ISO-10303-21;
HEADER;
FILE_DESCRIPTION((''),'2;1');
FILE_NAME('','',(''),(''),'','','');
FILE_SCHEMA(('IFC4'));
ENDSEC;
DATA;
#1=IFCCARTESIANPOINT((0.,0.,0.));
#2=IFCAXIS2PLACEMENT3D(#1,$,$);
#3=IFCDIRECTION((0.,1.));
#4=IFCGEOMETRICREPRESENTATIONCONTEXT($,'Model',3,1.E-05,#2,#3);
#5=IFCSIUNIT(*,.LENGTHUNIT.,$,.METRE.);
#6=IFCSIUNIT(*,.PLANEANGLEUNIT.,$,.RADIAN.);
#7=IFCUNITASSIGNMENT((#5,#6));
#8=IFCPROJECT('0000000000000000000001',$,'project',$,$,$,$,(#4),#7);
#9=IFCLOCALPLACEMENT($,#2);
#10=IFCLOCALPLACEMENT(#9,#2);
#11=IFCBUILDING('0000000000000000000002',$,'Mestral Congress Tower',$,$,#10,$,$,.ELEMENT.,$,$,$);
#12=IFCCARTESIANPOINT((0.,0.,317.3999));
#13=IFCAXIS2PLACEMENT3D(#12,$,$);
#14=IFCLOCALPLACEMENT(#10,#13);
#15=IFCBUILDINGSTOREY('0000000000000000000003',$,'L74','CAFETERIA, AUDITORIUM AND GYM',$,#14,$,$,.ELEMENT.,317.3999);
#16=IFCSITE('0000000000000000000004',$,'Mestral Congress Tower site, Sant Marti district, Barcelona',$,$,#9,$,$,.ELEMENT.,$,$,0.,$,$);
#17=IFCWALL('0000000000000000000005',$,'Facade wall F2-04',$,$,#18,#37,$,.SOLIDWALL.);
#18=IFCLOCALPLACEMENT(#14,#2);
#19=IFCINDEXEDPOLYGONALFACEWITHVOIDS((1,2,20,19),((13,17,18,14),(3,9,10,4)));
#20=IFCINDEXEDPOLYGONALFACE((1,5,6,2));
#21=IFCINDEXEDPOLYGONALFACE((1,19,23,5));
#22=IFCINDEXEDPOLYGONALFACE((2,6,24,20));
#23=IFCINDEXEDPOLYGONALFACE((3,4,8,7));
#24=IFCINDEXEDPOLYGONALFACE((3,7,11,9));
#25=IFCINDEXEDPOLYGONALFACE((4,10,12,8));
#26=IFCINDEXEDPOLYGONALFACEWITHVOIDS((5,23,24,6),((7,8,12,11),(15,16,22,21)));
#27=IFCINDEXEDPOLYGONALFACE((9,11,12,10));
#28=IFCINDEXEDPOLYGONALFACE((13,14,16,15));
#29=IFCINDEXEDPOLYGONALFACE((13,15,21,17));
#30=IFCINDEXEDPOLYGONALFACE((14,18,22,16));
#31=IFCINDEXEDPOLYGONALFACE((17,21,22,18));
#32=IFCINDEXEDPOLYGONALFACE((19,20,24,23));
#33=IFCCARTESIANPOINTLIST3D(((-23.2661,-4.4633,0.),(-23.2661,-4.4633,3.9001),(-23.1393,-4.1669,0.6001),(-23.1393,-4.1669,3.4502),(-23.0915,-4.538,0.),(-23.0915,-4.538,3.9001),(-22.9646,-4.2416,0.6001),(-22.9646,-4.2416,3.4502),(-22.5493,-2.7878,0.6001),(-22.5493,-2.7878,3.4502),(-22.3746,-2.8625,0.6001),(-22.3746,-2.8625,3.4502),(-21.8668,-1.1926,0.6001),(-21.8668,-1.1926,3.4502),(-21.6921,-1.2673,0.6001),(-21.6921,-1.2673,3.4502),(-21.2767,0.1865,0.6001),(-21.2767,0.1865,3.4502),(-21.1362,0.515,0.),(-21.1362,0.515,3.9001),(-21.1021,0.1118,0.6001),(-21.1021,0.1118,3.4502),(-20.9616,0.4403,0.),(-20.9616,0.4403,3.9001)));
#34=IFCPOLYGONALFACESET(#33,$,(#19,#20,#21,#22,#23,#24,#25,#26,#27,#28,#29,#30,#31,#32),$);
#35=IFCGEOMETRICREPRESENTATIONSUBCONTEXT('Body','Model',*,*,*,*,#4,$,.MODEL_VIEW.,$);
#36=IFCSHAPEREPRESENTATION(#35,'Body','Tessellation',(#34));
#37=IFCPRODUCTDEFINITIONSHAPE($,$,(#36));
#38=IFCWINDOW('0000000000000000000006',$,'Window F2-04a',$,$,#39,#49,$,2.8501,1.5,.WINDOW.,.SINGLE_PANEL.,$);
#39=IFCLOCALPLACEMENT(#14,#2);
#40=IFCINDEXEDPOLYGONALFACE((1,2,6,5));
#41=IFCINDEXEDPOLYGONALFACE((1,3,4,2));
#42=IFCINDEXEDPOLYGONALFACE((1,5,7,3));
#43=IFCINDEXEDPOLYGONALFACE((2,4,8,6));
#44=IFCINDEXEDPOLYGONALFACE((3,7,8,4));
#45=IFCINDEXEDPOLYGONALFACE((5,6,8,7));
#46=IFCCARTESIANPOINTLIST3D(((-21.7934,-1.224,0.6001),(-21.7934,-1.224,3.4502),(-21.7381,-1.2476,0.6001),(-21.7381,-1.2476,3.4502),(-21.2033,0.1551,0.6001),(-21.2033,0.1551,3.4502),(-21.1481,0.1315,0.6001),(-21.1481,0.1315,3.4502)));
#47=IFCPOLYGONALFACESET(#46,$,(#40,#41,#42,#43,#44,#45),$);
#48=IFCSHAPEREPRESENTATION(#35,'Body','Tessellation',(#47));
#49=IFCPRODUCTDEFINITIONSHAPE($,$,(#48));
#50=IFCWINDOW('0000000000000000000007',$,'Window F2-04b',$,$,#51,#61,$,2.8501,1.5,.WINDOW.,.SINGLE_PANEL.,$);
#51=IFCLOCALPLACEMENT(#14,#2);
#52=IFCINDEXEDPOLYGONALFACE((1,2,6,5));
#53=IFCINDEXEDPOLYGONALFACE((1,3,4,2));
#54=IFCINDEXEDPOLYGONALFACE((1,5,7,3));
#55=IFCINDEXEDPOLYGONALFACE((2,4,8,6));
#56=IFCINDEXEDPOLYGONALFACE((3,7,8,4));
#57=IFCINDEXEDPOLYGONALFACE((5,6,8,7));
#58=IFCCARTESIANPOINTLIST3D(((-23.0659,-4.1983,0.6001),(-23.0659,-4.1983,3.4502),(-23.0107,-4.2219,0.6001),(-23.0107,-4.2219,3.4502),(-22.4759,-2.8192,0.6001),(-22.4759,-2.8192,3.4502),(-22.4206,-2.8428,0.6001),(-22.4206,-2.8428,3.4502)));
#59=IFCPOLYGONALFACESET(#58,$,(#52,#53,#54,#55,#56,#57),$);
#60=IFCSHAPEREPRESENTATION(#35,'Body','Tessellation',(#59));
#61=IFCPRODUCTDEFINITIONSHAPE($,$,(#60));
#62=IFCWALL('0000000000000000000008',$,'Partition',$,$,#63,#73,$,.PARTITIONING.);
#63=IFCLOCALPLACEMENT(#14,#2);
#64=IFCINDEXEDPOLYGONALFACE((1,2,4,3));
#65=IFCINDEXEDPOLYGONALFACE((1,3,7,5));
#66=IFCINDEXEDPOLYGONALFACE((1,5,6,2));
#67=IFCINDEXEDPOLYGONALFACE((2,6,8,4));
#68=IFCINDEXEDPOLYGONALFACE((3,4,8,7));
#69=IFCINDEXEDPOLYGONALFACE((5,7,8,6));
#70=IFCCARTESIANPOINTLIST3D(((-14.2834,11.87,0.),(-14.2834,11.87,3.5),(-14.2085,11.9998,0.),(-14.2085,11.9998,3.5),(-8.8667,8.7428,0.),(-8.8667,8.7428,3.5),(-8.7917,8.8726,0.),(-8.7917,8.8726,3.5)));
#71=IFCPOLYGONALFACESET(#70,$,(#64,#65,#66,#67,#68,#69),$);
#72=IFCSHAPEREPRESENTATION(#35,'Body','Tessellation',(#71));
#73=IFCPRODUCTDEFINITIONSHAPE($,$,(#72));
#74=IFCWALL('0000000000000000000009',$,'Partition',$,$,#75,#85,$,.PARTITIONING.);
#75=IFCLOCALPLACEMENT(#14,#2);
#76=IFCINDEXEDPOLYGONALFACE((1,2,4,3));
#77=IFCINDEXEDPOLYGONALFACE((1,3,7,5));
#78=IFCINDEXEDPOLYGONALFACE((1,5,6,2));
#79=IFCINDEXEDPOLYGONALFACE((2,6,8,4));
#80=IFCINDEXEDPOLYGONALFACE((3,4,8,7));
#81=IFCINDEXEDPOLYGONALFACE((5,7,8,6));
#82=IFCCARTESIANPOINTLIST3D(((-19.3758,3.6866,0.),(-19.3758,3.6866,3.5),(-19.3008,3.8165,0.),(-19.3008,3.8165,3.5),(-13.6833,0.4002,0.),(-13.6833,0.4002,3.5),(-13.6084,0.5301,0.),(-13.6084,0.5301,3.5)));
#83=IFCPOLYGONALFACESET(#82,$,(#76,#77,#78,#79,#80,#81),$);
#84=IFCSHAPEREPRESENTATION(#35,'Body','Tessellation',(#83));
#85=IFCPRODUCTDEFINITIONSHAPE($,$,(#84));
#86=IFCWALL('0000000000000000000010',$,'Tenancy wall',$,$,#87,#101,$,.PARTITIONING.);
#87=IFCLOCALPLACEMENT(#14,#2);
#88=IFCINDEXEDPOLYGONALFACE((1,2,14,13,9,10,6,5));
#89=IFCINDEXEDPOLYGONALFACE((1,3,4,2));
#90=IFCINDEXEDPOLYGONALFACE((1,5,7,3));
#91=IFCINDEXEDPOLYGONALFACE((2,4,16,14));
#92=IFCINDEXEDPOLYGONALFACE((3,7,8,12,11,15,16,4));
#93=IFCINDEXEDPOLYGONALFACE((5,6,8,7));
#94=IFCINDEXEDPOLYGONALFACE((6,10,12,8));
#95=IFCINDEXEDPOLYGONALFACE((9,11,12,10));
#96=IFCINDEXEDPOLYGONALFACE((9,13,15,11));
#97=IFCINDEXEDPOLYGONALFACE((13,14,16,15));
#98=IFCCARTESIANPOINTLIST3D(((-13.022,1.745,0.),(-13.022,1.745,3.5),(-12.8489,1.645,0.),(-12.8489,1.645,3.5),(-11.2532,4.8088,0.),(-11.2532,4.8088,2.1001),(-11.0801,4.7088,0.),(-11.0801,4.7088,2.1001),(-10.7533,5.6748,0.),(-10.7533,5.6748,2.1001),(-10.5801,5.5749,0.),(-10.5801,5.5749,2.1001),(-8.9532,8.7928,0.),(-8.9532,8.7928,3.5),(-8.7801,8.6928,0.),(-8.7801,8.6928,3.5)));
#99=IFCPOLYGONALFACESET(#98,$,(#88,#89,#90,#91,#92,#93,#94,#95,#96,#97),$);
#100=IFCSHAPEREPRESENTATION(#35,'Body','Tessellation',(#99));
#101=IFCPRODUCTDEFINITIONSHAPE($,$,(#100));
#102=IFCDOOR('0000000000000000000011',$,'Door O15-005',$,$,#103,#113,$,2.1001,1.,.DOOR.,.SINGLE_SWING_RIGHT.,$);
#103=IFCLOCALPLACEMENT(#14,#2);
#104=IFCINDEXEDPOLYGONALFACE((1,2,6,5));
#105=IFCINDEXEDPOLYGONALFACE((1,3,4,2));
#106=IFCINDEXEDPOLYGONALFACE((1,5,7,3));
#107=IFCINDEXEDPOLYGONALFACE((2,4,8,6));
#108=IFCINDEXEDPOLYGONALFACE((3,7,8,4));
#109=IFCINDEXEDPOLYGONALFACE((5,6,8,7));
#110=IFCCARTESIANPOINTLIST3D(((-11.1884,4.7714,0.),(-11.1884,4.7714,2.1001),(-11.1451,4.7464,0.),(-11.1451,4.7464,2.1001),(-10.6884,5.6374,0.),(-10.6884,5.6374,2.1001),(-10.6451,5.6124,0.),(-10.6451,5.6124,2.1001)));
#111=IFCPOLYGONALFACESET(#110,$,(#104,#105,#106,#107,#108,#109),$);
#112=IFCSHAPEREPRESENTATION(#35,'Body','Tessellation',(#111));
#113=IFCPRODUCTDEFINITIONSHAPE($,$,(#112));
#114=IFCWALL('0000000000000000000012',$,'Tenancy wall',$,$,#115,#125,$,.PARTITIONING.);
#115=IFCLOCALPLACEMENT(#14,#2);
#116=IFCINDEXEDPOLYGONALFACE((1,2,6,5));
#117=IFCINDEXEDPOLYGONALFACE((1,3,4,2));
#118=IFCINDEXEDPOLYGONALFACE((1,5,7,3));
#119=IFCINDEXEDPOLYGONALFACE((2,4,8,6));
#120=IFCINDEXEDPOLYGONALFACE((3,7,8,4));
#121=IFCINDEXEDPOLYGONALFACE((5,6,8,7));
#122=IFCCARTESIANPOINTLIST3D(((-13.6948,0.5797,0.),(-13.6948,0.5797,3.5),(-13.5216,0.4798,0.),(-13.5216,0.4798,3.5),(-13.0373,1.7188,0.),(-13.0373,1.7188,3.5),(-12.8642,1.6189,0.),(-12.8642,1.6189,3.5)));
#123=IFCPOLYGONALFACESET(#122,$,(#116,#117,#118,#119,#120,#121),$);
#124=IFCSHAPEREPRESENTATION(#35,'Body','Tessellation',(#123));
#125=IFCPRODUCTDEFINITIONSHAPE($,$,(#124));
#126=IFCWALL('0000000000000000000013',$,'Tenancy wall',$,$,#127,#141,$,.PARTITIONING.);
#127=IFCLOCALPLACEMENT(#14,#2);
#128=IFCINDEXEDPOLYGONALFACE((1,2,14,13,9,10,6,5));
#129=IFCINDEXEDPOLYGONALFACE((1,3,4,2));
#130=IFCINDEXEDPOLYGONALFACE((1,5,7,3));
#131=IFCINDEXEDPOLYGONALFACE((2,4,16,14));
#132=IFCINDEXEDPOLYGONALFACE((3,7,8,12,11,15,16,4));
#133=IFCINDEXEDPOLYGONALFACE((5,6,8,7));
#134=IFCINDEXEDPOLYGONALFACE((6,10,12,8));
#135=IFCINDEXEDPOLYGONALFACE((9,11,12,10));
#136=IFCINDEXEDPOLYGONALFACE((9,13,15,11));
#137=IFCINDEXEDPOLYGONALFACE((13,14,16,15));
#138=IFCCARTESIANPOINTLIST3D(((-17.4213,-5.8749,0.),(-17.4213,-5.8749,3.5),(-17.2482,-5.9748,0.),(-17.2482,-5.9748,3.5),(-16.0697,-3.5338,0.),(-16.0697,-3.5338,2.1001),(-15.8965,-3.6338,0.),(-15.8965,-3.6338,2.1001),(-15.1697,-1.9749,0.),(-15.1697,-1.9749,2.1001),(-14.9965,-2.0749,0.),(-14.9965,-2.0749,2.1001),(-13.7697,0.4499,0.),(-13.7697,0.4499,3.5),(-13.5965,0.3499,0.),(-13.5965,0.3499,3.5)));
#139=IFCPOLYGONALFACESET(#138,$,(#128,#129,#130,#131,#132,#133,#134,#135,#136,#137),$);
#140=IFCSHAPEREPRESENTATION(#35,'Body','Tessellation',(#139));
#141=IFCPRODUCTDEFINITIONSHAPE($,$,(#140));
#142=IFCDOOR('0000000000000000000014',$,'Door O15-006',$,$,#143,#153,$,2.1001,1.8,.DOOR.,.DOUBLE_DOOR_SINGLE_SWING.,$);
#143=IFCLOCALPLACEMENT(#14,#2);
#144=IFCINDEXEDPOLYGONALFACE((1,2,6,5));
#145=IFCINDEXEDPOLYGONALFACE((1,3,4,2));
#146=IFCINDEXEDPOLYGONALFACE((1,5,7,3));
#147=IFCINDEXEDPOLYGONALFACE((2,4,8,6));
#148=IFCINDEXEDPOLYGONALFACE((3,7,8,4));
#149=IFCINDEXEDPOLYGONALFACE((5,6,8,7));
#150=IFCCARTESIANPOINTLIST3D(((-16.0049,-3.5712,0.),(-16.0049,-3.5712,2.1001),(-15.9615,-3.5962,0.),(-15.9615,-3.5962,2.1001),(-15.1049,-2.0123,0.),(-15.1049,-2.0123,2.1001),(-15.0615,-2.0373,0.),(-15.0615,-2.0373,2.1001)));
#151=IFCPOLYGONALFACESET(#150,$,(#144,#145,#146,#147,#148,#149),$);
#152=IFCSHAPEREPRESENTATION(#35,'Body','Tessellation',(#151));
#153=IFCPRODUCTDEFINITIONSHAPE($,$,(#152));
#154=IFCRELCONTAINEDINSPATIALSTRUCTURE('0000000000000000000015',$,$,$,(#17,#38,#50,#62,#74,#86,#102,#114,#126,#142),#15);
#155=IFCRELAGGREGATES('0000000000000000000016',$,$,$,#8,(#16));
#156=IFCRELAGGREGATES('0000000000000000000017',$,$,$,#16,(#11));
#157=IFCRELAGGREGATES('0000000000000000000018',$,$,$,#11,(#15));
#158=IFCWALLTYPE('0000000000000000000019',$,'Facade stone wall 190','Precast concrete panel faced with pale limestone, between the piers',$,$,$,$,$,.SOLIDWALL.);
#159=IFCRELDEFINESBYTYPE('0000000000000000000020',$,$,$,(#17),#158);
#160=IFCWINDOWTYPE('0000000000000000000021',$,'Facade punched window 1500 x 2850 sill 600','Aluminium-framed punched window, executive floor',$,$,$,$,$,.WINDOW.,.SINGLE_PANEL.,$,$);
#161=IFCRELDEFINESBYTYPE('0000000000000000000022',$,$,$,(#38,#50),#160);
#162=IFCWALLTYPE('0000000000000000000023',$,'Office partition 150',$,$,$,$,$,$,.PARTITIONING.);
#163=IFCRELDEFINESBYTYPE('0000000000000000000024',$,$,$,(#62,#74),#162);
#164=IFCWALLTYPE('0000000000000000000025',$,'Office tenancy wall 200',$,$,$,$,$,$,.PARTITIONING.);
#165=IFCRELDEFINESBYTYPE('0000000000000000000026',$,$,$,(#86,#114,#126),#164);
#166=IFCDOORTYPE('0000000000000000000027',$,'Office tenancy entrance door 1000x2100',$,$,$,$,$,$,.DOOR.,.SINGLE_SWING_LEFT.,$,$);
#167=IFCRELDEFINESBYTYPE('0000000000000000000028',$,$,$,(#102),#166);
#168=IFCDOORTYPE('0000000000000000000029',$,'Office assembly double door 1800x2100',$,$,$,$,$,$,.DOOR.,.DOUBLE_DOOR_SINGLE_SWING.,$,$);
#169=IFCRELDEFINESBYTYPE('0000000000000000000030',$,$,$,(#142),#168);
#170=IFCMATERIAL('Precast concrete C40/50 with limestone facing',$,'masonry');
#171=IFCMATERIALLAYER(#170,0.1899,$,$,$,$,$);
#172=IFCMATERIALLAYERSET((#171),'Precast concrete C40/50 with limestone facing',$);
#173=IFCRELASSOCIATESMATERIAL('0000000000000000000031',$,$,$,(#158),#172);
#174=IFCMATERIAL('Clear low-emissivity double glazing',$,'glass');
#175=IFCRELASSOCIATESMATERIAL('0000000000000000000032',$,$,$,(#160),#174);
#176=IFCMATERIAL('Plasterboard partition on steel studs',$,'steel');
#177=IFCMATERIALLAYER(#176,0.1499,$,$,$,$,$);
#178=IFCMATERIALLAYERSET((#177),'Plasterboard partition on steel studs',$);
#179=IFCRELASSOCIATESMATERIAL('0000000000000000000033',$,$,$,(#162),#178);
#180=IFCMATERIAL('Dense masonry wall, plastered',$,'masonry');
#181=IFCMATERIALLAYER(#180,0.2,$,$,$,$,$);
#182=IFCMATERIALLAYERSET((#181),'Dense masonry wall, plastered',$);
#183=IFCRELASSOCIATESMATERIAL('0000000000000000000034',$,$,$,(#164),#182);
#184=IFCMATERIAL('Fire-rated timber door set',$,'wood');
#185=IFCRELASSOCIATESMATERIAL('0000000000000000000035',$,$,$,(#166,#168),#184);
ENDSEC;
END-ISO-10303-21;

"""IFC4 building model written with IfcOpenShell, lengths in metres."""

from ifc_helpers import new_model, si_unit, direction, frame, frame_2d, origin, place, context, subcontext, project, spatial, rectangle, extrude, material, layer, layer_set, type_object, element, fill, save


model = new_model("IFC4")

# Units and contexts
model_context = context("Model", 3, precision=1e-05, world=origin(), true_north=direction((0.0, 1.0)))
body_context = subcontext(model_context, "Body", "Model", "MODEL_VIEW")
ifc_project = project(units=[si_unit("LENGTHUNIT", "METRE"), si_unit("PLANEANGLEUNIT", "RADIAN")], contexts=[model_context])

# Site, building, storey
site_placement = place(None, origin())
site = spatial("IfcSite", under=ifc_project, at=site_placement, Name="Mestral Congress Tower site, Sant Marti district, Barcelona", CompositionType="ELEMENT", RefElevation=0.0)
building_placement = place(site_placement, origin())
building = spatial("IfcBuilding", under=site, at=building_placement, Name="Mestral Congress Tower", CompositionType="ELEMENT")
storey_placement = place(building_placement, frame((0.0, 0.0, 317.3999)))
storey = spatial("IfcBuildingStorey", under=building, at=storey_placement, Name="L74", Description="CAFETERIA, AUDITORIUM AND GYM", CompositionType="ELEMENT", Elevation=317.3999)

# Wall, openings, windows
ifc_material_1 = material(Name="Precast concrete C40/50 with limestone facing", Category="masonry")
ifc_layer_1 = layer(ifc_material_1, 0.1899)
ifc_layer_set_1 = layer_set([ifc_layer_1], Name="Precast concrete C40/50 with limestone facing")
wall_type_1 = type_object("IfcWallType", Name="Facade stone wall 190", Description="Precast concrete panel faced with pale limestone, between the piers", PredefinedType="SOLIDWALL", material=ifc_layer_set_1)
ifc_material_2 = material(Name="Clear low-emissivity double glazing", Category="glass")
window_type = type_object("IfcWindowType", Name="Facade punched window 1500 x 2850 sill 600", Description="Aluminium-framed punched window, executive floor", PartitioningType="SINGLE_PANEL", PredefinedType="WINDOW", material=ifc_material_2)
wall_1_placement = place(storey_placement, frame((-21.0488, 0.4778, 0.0), z_axis=(0.0, 0.0, 1.0), x_axis=(-0.393348, -0.91939, 0.0)))
wall_1 = element("IfcWall", 1, at=wall_1_placement, inside=storey, type_object=wall_type_1, Name="Facade wall F2-04", PredefinedType="SOLIDWALL", context=body_context, shape_type="SweptSolid", body=[
    extrude(rectangle(XDim=5.4148, YDim=0.1899, at=frame_2d((2.7075, 0.0))), origin(), (0.0, 0.0, 1.0), 3.9001),
])
opening_1_placement = place(wall_1_placement, frame((0.3574, 0.0, 0.6001)))
opening_1 = element("IfcOpeningElement", 2, at=opening_1_placement, cuts=wall_1, PredefinedType="OPENING", context=body_context, shape_type="SweptSolid", body=[
    extrude(rectangle(XDim=1.5, YDim=2.8501, at=frame_2d((0.75, 1.425))), frame((0.0, 0.105, 0.0), z_axis=(0.0, -1.0, 0.0), x_axis=(1.0, 0.0, 0.0)), (0.0, 0.0, 1.0), 0.21),
])
opening_2_placement = place(wall_1_placement, frame((3.5925, 0.0, 0.6001)))
opening_2 = element("IfcOpeningElement", 3, at=opening_2_placement, cuts=wall_1, PredefinedType="OPENING", context=body_context, shape_type="SweptSolid", body=[
    extrude(rectangle(XDim=1.5, YDim=2.8501, at=frame_2d((0.75, 1.425))), frame((0.0, 0.105, 0.0), z_axis=(0.0, -1.0, 0.0), x_axis=(1.0, 0.0, 0.0)), (0.0, 0.0, 1.0), 0.21),
])
window_1_placement = place(opening_1_placement, origin())
window_1 = element("IfcWindow", 4, at=window_1_placement, inside=storey, type_object=window_type, Name="Window F2-04a", OverallHeight=2.8501, OverallWidth=1.5, PartitioningType="SINGLE_PANEL", PredefinedType="WINDOW", context=body_context, shape_type="SweptSolid", body=[
    extrude(rectangle(XDim=1.5, YDim=2.8501, at=frame_2d((0.75, 1.425))), frame((0.0, 0.0449, 0.0), z_axis=(0.0, -1.0, 0.0), x_axis=(1.0, 0.0, 0.0)), (0.0, 0.0, 1.0), 0.0601),
])
fill(opening_1, window_1)
window_2_placement = place(opening_2_placement, origin())
window_2 = element("IfcWindow", 5, at=window_2_placement, inside=storey, type_object=window_type, Name="Window F2-04b", OverallHeight=2.8501, OverallWidth=1.5, PartitioningType="SINGLE_PANEL", PredefinedType="WINDOW", context=body_context, shape_type="SweptSolid", body=[
    extrude(rectangle(XDim=1.5, YDim=2.8501, at=frame_2d((0.75, 1.425))), frame((0.0, 0.0449, 0.0), z_axis=(0.0, -1.0, 0.0), x_axis=(1.0, 0.0, 0.0)), (0.0, 0.0, 1.0), 0.0601),
])
fill(opening_2, window_2)

# Walls
ifc_material_3 = material(Name="Plasterboard partition on steel studs", Category="steel")
ifc_layer_2 = layer(ifc_material_3, 0.1499)
ifc_layer_set_2 = layer_set([ifc_layer_2], Name="Plasterboard partition on steel studs")
wall_type_2 = type_object("IfcWallType", Name="Office partition 150", PredefinedType="PARTITIONING", material=ifc_layer_set_2)
wall_2_placement = place(storey_placement, frame((-8.8291, 8.8076, 0.0), z_axis=(0.0, 0.0, 1.0), x_axis=(-0.866037, 0.49998, 0.0)))
element("IfcWall", 6, at=wall_2_placement, inside=storey, type_object=wall_type_2, Name="Partition", PredefinedType="PARTITIONING", context=body_context, shape_type="SweptSolid", body=[
    extrude(rectangle(XDim=6.2546, YDim=0.1499, at=frame_2d((3.1274, 0.0))), origin(), (0.0, 0.0, 1.0), 3.5),
])
wall_3_placement = place(storey_placement, frame((-13.6458, 0.4651, 0.0), z_axis=(0.0, 0.0, 1.0), x_axis=(-0.866033, 0.499986, 0.0)))
element("IfcWall", 7, at=wall_3_placement, inside=storey, type_object=wall_type_2, Name="Partition", PredefinedType="PARTITIONING", context=body_context, shape_type="SweptSolid", body=[
    extrude(rectangle(XDim=6.573, YDim=0.1499, at=frame_2d((3.2866, 0.0))), origin(), (0.0, 0.0, 1.0), 3.5),
])

# Wall, opening, door
ifc_material_4 = material(Name="Dense masonry wall, plastered", Category="masonry")
ifc_layer_3 = layer(ifc_material_4, 0.2)
ifc_layer_set_3 = layer_set([ifc_layer_3], Name="Dense masonry wall, plastered")
wall_type_3 = type_object("IfcWallType", Name="Office tenancy wall 200", PredefinedType="PARTITIONING", material=ifc_layer_set_3)
wall_4_placement = place(storey_placement, frame((-8.8667, 8.7427, 0.0), z_axis=(0.0, 0.0, 1.0), x_axis=(-0.499979, -0.866038, 0.0)))
wall_4 = element("IfcWall", 8, at=wall_4_placement, inside=storey, type_object=wall_type_3, Name="Tenancy wall", PredefinedType="PARTITIONING", context=body_context, shape_type="SweptSolid", body=[
    extrude(rectangle(XDim=8.1379, YDim=0.2, at=frame_2d((4.0688, 0.0))), origin(), (0.0, 0.0, 1.0), 3.5),
])
opening_3_placement = place(wall_4_placement, frame((3.6001, 0.0, 0.0)))
opening_3 = element("IfcOpeningElement", 9, at=opening_3_placement, cuts=wall_4, PredefinedType="OPENING", context=body_context, shape_type="SweptSolid", body=[
    extrude(rectangle(XDim=1.0, YDim=2.1001, at=frame_2d((0.5, 1.05))), frame((0.0, 0.1099, 0.0), z_axis=(0.0, -1.0, 0.0), x_axis=(1.0, 0.0, 0.0)), (0.0, 0.0, 1.0), 0.22),
])
ifc_material_5 = material(Name="Fire-rated timber door set", Category="wood")
door_type_1 = type_object("IfcDoorType", Name="Office tenancy entrance door 1000x2100", OperationType="SINGLE_SWING_LEFT", PredefinedType="DOOR", material=ifc_material_5)
door_1_placement = place(opening_3_placement, origin())
door_1 = element("IfcDoor", 10, at=door_1_placement, inside=storey, type_object=door_type_1, Name="Door O15-005", OperationType="SINGLE_SWING_RIGHT", OverallHeight=2.1001, OverallWidth=1.0, PredefinedType="DOOR", context=body_context, shape_type="SweptSolid", body=[
    extrude(rectangle(XDim=1.0, YDim=2.1001, at=frame_2d((0.5, 1.05))), frame((0.0, 0.0249, 0.0), z_axis=(0.0, -1.0, 0.0), x_axis=(1.0, 0.0, 0.0)), (0.0, 0.0, 1.0), 0.05),
])
fill(opening_3, door_1)

# Wall
wall_5_placement = place(storey_placement, frame((-12.9507, 1.6689, 0.0), z_axis=(0.0, 0.0, 1.0), x_axis=(-0.499872, -0.866099, 0.0)))
element("IfcWall", 11, at=wall_5_placement, inside=storey, type_object=wall_type_3, Name="Tenancy wall", PredefinedType="PARTITIONING", context=body_context, shape_type="SweptSolid", body=[
    extrude(rectangle(XDim=1.3152, YDim=0.2, at=frame_2d((0.6577, 0.0))), origin(), (0.0, 0.0, 1.0), 3.5),
])

# Wall, opening, door
wall_6_placement = place(storey_placement, frame((-13.6831, 0.3999, 0.0), z_axis=(0.0, 0.0, 1.0), x_axis=(-0.500004, -0.866023, 0.0)))
wall_6 = element("IfcWall", 12, at=wall_6_placement, inside=storey, type_object=wall_type_3, Name="Tenancy wall", PredefinedType="PARTITIONING", context=body_context, shape_type="SweptSolid", body=[
    extrude(rectangle(XDim=7.3032, YDim=0.2, at=frame_2d((3.6516, 0.0))), origin(), (0.0, 0.0, 1.0), 3.5),
])
opening_4_placement = place(wall_6_placement, frame((2.8, 0.0, 0.0)))
opening_4 = element("IfcOpeningElement", 13, at=opening_4_placement, cuts=wall_6, PredefinedType="OPENING", context=body_context, shape_type="SweptSolid", body=[
    extrude(rectangle(XDim=1.8, YDim=2.1001, at=frame_2d((0.8999, 1.05))), frame((0.0, 0.1099, 0.0), z_axis=(0.0, -1.0, 0.0), x_axis=(1.0, 0.0, 0.0)), (0.0, 0.0, 1.0), 0.22),
])
door_type_2 = type_object("IfcDoorType", Name="Office assembly double door 1800x2100", OperationType="DOUBLE_DOOR_SINGLE_SWING", PredefinedType="DOOR", material=ifc_material_5)
door_2_placement = place(opening_4_placement, origin())
door_2 = element("IfcDoor", 14, at=door_2_placement, inside=storey, type_object=door_type_2, Name="Door O15-006", OperationType="DOUBLE_DOOR_SINGLE_SWING", OverallHeight=2.1001, OverallWidth=1.8, PredefinedType="DOOR", context=body_context, shape_type="SweptSolid", body=[
    extrude(rectangle(XDim=1.8, YDim=2.1001, at=frame_2d((0.8999, 1.05))), frame((0.0, 0.0249, 0.0), z_axis=(0.0, -1.0, 0.0), x_axis=(1.0, 0.0, 0.0)), (0.0, 0.0, 1.0), 0.05),
])
fill(opening_4, door_2)

save(model, "model.ifc")
